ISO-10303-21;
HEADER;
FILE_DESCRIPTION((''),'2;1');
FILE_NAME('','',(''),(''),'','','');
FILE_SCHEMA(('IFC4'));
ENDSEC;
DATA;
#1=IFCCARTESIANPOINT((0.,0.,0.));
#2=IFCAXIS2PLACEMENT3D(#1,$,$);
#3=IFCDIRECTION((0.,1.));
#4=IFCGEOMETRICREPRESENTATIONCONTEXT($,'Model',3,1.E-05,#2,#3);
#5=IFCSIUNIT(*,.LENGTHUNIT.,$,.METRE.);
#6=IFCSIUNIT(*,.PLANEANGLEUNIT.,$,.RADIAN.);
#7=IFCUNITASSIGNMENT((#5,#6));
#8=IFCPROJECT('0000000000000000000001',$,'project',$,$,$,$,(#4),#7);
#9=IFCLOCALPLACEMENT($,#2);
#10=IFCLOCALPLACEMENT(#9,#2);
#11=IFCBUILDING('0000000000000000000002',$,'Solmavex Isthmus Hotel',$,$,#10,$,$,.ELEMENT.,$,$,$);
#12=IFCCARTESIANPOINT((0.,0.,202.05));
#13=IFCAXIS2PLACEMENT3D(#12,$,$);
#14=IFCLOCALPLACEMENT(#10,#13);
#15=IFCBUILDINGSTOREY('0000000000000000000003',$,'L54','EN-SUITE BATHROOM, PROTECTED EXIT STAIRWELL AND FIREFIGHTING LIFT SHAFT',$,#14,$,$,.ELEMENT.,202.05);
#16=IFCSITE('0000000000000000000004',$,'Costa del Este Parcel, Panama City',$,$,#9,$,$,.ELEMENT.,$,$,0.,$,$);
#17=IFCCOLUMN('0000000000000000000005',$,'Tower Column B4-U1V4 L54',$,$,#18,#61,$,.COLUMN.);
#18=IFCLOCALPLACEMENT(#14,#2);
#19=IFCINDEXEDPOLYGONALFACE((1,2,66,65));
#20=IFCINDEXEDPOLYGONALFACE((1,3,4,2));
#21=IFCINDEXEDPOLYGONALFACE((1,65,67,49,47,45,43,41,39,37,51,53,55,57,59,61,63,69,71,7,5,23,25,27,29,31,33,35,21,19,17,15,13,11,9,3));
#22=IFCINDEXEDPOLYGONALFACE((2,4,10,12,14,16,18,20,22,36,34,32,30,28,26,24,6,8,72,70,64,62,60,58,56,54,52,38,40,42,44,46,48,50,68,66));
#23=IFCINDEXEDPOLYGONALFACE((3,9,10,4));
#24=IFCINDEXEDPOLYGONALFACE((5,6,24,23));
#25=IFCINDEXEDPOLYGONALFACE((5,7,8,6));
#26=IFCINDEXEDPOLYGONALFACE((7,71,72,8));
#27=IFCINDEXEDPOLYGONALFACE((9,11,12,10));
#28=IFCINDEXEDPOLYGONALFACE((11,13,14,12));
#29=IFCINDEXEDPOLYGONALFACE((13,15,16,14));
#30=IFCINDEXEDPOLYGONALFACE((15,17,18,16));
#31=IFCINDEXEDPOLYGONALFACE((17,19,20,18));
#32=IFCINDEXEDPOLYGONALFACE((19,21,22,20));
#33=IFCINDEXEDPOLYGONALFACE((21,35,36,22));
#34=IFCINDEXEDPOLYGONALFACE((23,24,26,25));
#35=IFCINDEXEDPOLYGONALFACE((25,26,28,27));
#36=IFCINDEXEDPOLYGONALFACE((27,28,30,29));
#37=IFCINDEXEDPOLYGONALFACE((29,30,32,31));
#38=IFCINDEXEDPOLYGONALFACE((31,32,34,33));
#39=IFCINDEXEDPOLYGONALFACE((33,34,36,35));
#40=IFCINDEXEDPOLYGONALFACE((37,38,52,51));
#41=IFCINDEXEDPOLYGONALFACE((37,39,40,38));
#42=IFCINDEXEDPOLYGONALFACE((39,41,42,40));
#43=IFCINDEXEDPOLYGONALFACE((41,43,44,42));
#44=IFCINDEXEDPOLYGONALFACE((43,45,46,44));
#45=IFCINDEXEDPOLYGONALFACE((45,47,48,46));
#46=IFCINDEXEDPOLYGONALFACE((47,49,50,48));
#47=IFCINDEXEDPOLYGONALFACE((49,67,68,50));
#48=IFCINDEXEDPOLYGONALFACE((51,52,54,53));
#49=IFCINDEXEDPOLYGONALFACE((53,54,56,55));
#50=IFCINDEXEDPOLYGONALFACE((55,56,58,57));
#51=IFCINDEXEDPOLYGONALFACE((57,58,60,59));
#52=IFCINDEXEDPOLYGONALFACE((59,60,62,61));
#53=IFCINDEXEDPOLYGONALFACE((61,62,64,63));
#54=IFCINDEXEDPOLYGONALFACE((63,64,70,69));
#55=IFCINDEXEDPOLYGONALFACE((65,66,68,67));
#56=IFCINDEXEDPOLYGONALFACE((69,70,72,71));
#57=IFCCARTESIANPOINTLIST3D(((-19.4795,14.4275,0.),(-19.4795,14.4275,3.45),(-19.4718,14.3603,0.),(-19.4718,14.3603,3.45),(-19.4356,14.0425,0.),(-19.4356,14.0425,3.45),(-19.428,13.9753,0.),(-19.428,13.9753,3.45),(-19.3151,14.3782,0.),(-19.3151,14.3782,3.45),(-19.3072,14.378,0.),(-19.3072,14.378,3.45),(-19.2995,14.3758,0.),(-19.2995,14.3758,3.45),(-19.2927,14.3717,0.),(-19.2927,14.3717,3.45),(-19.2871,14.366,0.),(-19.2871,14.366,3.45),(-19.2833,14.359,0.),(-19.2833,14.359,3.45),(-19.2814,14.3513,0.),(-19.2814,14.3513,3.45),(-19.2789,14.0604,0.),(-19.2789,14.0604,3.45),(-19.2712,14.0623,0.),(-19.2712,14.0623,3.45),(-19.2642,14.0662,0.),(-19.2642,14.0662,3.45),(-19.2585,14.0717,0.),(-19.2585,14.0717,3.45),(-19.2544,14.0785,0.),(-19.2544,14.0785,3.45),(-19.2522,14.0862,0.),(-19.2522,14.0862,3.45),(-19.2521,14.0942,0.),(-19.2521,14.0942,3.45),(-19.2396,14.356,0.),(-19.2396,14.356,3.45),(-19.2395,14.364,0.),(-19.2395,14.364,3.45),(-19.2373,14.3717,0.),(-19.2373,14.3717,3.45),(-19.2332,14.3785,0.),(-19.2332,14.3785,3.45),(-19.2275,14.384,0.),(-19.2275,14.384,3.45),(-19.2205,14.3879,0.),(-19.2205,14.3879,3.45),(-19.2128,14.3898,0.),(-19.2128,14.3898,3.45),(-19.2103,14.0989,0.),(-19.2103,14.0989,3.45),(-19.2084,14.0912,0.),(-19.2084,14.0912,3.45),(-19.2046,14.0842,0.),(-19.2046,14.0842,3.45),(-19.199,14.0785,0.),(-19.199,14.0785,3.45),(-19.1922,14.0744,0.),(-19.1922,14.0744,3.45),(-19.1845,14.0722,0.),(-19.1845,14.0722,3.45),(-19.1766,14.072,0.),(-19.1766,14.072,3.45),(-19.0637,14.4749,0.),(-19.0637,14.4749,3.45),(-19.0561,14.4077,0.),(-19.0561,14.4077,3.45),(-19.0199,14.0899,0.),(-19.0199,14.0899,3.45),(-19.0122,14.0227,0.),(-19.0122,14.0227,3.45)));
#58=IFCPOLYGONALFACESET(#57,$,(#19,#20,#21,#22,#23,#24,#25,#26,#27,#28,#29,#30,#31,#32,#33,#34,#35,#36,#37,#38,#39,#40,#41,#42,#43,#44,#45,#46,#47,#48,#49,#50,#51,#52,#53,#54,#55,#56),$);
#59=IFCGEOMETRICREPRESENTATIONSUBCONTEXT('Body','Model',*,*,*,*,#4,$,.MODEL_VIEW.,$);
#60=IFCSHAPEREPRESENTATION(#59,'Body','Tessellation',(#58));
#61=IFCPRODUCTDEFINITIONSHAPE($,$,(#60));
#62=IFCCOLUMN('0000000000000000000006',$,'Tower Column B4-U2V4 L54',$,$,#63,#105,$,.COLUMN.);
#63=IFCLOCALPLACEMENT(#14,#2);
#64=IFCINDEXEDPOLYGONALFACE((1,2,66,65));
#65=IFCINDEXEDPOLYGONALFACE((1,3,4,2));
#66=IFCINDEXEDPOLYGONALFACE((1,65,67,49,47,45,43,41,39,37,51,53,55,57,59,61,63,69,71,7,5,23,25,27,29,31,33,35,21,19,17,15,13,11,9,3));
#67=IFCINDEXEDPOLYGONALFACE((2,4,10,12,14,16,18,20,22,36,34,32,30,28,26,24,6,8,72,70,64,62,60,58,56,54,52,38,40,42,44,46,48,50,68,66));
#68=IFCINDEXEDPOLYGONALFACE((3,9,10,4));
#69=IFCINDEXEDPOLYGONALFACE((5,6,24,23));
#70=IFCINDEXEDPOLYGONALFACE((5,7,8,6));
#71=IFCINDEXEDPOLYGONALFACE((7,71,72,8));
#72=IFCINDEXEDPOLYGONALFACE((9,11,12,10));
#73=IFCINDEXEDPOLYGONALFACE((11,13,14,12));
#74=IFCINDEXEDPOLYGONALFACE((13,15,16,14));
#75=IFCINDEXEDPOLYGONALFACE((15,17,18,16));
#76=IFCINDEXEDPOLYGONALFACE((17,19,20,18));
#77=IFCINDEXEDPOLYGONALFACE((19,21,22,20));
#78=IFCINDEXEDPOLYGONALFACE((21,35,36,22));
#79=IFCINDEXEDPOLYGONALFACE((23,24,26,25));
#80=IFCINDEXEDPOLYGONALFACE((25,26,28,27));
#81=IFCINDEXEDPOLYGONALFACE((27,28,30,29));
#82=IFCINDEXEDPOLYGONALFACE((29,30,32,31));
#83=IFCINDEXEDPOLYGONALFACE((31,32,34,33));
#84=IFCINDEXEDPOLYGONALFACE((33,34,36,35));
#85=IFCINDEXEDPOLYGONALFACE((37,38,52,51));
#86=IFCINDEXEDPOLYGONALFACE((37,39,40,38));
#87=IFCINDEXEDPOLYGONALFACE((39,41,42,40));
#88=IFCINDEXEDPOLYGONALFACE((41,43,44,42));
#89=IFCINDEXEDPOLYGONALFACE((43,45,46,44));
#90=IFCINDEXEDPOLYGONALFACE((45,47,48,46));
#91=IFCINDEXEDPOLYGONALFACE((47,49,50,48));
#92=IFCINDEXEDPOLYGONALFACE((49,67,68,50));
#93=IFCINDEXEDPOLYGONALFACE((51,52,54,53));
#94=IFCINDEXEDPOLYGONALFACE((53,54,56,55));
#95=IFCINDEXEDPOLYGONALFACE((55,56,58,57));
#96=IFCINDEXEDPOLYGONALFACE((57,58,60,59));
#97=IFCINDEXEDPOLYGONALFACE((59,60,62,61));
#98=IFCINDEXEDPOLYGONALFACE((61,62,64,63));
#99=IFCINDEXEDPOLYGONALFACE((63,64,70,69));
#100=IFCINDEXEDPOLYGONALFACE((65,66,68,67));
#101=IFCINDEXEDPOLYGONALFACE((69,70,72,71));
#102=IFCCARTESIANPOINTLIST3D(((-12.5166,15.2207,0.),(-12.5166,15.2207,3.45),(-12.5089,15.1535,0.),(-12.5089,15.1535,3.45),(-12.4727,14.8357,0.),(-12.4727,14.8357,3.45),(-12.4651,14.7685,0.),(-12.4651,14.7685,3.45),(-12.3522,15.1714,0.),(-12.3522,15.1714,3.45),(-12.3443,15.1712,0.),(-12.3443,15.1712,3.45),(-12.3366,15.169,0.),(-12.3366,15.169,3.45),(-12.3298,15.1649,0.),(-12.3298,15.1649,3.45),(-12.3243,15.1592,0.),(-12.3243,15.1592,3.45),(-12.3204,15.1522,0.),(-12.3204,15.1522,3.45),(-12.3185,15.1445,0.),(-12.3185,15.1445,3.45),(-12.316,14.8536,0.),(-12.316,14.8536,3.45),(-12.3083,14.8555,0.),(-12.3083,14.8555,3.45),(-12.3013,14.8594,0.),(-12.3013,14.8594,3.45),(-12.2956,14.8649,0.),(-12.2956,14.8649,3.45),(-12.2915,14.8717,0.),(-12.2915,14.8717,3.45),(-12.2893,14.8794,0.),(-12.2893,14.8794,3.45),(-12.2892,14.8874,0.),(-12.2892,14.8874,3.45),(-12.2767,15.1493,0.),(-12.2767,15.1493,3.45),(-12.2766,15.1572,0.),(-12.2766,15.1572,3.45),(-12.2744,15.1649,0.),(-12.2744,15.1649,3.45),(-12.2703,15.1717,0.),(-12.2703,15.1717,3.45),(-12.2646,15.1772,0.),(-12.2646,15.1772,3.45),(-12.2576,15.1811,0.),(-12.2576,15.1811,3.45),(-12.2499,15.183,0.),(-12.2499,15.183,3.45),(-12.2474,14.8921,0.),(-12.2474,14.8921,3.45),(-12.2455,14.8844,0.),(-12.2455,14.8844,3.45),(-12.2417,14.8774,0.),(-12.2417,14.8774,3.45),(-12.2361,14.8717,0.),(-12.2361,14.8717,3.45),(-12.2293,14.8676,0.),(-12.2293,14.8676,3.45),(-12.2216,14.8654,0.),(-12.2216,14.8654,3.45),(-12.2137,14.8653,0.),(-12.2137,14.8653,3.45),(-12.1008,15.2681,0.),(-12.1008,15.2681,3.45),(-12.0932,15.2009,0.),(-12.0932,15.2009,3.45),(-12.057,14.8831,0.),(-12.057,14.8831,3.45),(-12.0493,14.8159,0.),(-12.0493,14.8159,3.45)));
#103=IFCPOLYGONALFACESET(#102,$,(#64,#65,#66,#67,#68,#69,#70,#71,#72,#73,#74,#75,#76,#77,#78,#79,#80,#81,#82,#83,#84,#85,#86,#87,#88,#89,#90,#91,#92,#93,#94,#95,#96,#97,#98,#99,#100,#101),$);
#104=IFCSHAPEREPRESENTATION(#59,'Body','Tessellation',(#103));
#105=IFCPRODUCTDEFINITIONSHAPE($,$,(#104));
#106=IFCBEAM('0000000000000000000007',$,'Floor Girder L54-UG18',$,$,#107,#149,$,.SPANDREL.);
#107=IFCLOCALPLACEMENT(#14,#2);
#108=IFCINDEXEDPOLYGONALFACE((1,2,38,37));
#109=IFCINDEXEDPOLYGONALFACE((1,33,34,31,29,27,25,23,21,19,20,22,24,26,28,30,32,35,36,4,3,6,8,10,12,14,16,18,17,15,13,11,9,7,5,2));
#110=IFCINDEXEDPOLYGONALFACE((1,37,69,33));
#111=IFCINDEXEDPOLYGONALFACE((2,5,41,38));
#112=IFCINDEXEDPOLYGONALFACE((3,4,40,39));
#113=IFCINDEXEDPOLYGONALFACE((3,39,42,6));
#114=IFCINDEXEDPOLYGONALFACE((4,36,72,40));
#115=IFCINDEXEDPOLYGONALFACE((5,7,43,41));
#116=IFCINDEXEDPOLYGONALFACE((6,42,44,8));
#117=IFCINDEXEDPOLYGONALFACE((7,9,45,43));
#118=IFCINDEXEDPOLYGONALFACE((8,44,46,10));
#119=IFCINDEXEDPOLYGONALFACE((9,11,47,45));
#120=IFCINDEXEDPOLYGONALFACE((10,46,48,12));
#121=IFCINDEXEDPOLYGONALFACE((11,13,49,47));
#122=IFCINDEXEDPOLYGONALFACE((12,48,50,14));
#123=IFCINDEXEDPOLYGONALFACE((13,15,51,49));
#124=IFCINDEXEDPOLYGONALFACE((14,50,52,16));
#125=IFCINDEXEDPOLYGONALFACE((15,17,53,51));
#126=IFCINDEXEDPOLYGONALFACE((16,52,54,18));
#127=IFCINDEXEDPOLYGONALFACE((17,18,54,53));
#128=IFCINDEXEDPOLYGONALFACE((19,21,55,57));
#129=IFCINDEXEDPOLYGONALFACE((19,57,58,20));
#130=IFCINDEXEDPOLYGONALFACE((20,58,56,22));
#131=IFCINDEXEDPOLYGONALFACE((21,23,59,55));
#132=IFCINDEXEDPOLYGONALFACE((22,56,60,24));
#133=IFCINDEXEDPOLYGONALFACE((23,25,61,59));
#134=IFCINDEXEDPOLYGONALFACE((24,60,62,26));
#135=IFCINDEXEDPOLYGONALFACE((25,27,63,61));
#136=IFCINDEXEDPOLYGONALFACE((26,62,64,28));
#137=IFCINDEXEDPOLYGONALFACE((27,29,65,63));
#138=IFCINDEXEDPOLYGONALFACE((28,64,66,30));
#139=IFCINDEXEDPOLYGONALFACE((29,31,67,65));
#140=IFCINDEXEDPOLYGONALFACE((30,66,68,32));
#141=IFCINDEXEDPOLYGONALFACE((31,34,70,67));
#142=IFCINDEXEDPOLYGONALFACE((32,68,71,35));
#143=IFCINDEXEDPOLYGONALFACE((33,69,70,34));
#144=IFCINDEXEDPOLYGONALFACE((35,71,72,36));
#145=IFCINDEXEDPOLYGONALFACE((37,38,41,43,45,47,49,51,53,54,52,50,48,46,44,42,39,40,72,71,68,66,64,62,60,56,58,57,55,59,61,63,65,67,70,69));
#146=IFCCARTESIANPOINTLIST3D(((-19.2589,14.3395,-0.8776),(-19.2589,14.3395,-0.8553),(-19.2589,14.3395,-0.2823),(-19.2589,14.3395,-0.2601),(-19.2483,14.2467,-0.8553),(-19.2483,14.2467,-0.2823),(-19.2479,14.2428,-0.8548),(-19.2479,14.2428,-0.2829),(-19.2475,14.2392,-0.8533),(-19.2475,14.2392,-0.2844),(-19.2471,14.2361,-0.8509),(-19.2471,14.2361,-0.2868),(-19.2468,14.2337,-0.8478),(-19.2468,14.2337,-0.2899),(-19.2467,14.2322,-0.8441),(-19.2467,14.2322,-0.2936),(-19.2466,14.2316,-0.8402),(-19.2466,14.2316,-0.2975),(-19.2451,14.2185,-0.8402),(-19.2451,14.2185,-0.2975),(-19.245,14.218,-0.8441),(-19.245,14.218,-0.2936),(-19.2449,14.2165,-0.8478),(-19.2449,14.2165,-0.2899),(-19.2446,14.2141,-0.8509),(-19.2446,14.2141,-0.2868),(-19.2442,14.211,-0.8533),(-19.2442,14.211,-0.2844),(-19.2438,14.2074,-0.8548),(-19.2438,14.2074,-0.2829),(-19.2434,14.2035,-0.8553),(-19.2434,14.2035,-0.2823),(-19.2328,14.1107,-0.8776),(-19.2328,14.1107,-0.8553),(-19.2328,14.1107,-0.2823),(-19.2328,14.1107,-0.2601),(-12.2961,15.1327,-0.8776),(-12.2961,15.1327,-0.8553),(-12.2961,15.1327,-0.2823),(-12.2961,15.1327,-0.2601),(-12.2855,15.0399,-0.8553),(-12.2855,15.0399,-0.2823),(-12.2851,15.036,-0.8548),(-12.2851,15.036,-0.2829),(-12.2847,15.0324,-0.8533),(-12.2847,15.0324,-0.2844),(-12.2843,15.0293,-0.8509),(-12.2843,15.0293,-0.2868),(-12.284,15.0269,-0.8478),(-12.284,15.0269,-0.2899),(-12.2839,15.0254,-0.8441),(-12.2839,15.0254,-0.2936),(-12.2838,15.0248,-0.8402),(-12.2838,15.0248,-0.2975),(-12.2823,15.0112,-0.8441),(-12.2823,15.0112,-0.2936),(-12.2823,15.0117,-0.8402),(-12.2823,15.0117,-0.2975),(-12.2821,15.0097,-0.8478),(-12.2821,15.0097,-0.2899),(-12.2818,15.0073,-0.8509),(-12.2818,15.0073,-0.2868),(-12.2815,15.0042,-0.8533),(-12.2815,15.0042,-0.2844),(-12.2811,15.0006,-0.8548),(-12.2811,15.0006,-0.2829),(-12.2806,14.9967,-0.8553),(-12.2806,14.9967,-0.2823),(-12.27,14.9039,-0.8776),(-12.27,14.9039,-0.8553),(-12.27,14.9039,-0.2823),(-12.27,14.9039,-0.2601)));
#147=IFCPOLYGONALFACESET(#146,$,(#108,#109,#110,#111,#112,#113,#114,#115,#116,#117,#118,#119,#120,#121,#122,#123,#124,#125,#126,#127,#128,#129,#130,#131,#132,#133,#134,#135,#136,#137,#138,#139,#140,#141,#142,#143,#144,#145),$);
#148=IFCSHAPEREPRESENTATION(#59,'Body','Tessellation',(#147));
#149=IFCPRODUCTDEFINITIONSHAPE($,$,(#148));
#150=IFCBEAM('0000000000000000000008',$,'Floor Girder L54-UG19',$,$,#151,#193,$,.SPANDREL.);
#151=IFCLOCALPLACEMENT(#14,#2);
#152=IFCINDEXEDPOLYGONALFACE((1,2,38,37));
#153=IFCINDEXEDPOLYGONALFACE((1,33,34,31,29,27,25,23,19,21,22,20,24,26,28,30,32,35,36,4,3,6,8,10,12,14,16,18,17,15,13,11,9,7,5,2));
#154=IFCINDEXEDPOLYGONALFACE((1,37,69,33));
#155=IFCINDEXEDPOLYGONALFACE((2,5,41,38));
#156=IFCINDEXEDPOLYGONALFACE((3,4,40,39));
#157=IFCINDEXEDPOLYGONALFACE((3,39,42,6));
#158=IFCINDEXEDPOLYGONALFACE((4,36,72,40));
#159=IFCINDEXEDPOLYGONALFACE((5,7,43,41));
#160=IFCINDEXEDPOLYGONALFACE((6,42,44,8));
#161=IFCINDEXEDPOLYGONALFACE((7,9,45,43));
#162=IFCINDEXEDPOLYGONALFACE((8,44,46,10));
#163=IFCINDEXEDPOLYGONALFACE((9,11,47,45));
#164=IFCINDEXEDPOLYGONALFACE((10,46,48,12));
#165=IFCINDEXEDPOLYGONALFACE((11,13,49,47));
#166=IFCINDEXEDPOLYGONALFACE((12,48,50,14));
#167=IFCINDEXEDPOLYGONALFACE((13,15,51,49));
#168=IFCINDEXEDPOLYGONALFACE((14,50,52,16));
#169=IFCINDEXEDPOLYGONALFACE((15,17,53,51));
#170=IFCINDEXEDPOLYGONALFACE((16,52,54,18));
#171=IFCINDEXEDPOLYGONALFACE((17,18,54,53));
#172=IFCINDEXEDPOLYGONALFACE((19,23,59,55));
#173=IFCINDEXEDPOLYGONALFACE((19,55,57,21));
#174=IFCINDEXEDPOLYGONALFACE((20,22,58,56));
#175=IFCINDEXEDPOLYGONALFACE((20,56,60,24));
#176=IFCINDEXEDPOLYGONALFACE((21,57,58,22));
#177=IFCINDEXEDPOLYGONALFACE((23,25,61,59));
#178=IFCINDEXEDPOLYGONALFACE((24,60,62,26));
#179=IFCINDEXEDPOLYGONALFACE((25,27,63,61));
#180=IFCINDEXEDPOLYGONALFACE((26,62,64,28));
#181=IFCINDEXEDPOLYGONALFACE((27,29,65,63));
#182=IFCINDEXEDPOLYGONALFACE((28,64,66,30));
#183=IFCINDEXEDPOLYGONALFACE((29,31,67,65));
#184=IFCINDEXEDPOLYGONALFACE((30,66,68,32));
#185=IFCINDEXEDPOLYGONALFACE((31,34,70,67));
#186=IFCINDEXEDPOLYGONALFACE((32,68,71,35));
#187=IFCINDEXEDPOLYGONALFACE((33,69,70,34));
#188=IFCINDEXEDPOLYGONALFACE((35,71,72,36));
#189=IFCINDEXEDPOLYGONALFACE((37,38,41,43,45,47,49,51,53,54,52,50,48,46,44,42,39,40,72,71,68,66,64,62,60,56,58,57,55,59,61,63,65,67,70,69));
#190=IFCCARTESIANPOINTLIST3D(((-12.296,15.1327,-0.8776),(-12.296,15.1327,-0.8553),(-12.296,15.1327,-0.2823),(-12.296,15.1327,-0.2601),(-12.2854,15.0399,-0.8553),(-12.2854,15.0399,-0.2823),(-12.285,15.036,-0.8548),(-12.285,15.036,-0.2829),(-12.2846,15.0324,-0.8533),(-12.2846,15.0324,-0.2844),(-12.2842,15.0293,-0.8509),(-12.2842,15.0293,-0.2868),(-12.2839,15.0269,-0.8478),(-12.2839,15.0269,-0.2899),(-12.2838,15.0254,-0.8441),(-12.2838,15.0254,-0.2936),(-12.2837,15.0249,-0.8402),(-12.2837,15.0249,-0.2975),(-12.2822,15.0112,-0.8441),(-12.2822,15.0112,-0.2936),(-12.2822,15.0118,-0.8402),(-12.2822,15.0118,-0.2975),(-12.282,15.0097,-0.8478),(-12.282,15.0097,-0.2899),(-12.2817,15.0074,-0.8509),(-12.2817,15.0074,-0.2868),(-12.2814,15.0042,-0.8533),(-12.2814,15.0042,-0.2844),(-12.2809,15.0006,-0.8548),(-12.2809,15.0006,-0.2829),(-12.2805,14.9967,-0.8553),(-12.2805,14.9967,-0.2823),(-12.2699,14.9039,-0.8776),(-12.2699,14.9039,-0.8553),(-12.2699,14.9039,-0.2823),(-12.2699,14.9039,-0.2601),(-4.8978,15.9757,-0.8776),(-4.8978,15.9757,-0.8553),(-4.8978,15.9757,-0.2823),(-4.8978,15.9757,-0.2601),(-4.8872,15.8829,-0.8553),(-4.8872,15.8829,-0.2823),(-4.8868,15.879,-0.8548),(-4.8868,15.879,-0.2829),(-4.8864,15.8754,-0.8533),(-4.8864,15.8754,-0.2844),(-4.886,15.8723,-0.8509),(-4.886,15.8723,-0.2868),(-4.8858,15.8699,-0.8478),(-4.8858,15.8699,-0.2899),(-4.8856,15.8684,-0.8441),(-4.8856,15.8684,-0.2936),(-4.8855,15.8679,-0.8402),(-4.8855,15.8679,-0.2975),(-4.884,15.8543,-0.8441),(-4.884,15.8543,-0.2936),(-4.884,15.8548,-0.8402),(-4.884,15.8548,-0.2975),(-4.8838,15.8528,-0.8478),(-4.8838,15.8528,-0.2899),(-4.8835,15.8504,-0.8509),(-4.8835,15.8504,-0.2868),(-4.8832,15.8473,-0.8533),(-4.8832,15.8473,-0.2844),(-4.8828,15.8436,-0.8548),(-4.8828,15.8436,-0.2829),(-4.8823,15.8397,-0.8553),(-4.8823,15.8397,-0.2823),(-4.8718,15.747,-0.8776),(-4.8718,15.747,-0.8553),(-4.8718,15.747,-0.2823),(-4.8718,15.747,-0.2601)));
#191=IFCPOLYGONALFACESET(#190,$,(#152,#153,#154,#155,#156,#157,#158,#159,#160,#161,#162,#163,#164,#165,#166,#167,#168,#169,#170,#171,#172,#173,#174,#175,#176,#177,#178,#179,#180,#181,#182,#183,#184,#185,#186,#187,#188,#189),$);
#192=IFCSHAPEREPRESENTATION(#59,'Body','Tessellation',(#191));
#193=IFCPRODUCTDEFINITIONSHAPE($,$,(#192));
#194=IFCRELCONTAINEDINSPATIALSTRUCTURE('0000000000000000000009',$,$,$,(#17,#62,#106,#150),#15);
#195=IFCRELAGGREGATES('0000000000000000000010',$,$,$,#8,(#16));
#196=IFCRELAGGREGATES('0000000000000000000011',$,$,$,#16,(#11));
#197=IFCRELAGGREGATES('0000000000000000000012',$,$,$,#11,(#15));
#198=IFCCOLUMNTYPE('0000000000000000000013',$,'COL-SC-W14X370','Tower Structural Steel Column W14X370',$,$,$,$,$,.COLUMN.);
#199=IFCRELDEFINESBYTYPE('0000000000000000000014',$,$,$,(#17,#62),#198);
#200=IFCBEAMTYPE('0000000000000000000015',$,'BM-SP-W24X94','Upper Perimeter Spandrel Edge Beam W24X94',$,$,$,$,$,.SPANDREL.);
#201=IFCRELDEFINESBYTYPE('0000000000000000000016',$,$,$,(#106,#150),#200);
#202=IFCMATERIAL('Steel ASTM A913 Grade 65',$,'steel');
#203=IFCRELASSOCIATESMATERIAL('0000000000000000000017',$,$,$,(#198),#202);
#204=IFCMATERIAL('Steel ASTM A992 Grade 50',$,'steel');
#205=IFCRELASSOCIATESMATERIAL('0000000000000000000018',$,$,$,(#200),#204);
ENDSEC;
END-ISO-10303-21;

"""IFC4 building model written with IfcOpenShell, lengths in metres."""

from ifc_helpers import new_model, si_unit, direction, frame, origin, origin_2d, place, context, subcontext, project, spatial, i_section, extrude, material, material_profile, profile_set, type_object, element, save


model = new_model("IFC4")

# Units and contexts
model_context = context("Model", 3, precision=1e-05, world=origin(), true_north=direction((0.0, 1.0)))
body_context = subcontext(model_context, "Body", "Model", "MODEL_VIEW")
ifc_project = project(units=[si_unit("LENGTHUNIT", "METRE"), si_unit("PLANEANGLEUNIT", "RADIAN")], contexts=[model_context])

# Site, building, storey
site_placement = place(None, origin())
site = spatial("IfcSite", under=ifc_project, at=site_placement, Name="Costa del Este Parcel, Panama City", CompositionType="ELEMENT", RefElevation=0.0)
building_placement = place(site_placement, origin())
building = spatial("IfcBuilding", under=site, at=building_placement, Name="Solmavex Isthmus Hotel", CompositionType="ELEMENT")
storey_placement = place(building_placement, frame((0.0, 0.0, 202.05)))
storey = spatial("IfcBuildingStorey", under=building, at=storey_placement, Name="L54", Description="EN-SUITE BATHROOM, PROTECTED EXIT STAIRWELL AND FIREFIGHTING LIFT SHAFT", CompositionType="ELEMENT", Elevation=202.05)

# Columns
ifc_material_1 = material(Name="Steel ASTM A913 Grade 65", Category="steel")
ifc_material_profile_1 = material_profile(ifc_material_1, i_section(OverallWidth=0.4185, OverallDepth=0.4551, WebThickness=0.042, FlangeThickness=0.0676, FilletRadius=0.0305, at=origin_2d()), Name="W14X370")
ifc_profile_set_1 = profile_set([ifc_material_profile_1], Name="Steel ASTM A913 Grade 65")
column_type = type_object("IfcColumnType", Name="COL-SC-W14X370", Description="Tower Structural Steel Column W14X370", PredefinedType="COLUMN", material=ifc_profile_set_1)
for number, where, z_axis, x_axis, name in (
    (1, (-19.2458, 14.2251, 0.0), (0.0, 0.0, 1.0), (0.993572, 0.113203, 0.0), "Tower Column B4-U1V4 L54"),
    (2, (-12.283, 15.0183, 0.0), (0.0, 0.0, 1.0), (0.993572, 0.113203, 0.0), "Tower Column B4-U2V4 L54"),
):
    element("IfcColumn", number, at=place(storey_placement, frame(where, z_axis=z_axis, x_axis=x_axis)), inside=storey, type_object=column_type, Name=name, PredefinedType="COLUMN", context=body_context, shape_type="SweptSolid", body=[
        extrude(i_section(OverallWidth=0.4185, OverallDepth=0.4551, WebThickness=0.042, FlangeThickness=0.0676, FilletRadius=0.0305, at=origin_2d()), origin(), (0.0, 0.0, 1.0), 3.45),
    ])

# Beams
ifc_material_2 = material(Name="Steel ASTM A992 Grade 50", Category="steel")
ifc_material_profile_2 = material_profile(ifc_material_2, i_section(OverallWidth=0.2302, OverallDepth=0.6174, WebThickness=0.0132, FlangeThickness=0.0222, FilletRadius=0.0151, at=origin_2d()), Name="W24X94")
ifc_profile_set_2 = profile_set([ifc_material_profile_2], Name="Steel ASTM A992 Grade 50")
beam_type = type_object("IfcBeamType", Name="BM-SP-W24X94", Description="Upper Perimeter Spandrel Edge Beam W24X94", PredefinedType="SPANDREL", material=ifc_profile_set_2)
beam_1_placement = place(storey_placement, frame((-19.2458, 14.2251, -0.5688), z_axis=(0.993574, 0.113188, 0.0), x_axis=(-0.113188, 0.993574, 0.0)))
element("IfcBeam", 3, at=beam_1_placement, inside=storey, type_object=beam_type, Name="Floor Girder L54-UG18", PredefinedType="SPANDREL", context=body_context, shape_type="SweptSolid", body=[
    extrude(i_section(OverallWidth=0.2302, OverallDepth=0.6174, WebThickness=0.0132, FlangeThickness=0.0222, FilletRadius=0.0151, at=origin_2d()), origin(), (0.0, 0.0, 1.0), 7.0078),
])
beam_2_placement = place(storey_placement, frame((-12.283, 15.0183, -0.5688), z_axis=(0.99357, 0.113216, 0.0), x_axis=(-0.113216, 0.99357, 0.0)))
element("IfcBeam", 4, at=beam_2_placement, inside=storey, type_object=beam_type, Name="Floor Girder L54-UG19", PredefinedType="SPANDREL", context=body_context, shape_type="SweptSolid", body=[
    extrude(i_section(OverallWidth=0.2302, OverallDepth=0.6174, WebThickness=0.0132, FlangeThickness=0.0222, FilletRadius=0.0151, at=origin_2d()), origin(), (0.0, 0.0, 1.0), 7.446),
])

save(model, "model.ifc")
